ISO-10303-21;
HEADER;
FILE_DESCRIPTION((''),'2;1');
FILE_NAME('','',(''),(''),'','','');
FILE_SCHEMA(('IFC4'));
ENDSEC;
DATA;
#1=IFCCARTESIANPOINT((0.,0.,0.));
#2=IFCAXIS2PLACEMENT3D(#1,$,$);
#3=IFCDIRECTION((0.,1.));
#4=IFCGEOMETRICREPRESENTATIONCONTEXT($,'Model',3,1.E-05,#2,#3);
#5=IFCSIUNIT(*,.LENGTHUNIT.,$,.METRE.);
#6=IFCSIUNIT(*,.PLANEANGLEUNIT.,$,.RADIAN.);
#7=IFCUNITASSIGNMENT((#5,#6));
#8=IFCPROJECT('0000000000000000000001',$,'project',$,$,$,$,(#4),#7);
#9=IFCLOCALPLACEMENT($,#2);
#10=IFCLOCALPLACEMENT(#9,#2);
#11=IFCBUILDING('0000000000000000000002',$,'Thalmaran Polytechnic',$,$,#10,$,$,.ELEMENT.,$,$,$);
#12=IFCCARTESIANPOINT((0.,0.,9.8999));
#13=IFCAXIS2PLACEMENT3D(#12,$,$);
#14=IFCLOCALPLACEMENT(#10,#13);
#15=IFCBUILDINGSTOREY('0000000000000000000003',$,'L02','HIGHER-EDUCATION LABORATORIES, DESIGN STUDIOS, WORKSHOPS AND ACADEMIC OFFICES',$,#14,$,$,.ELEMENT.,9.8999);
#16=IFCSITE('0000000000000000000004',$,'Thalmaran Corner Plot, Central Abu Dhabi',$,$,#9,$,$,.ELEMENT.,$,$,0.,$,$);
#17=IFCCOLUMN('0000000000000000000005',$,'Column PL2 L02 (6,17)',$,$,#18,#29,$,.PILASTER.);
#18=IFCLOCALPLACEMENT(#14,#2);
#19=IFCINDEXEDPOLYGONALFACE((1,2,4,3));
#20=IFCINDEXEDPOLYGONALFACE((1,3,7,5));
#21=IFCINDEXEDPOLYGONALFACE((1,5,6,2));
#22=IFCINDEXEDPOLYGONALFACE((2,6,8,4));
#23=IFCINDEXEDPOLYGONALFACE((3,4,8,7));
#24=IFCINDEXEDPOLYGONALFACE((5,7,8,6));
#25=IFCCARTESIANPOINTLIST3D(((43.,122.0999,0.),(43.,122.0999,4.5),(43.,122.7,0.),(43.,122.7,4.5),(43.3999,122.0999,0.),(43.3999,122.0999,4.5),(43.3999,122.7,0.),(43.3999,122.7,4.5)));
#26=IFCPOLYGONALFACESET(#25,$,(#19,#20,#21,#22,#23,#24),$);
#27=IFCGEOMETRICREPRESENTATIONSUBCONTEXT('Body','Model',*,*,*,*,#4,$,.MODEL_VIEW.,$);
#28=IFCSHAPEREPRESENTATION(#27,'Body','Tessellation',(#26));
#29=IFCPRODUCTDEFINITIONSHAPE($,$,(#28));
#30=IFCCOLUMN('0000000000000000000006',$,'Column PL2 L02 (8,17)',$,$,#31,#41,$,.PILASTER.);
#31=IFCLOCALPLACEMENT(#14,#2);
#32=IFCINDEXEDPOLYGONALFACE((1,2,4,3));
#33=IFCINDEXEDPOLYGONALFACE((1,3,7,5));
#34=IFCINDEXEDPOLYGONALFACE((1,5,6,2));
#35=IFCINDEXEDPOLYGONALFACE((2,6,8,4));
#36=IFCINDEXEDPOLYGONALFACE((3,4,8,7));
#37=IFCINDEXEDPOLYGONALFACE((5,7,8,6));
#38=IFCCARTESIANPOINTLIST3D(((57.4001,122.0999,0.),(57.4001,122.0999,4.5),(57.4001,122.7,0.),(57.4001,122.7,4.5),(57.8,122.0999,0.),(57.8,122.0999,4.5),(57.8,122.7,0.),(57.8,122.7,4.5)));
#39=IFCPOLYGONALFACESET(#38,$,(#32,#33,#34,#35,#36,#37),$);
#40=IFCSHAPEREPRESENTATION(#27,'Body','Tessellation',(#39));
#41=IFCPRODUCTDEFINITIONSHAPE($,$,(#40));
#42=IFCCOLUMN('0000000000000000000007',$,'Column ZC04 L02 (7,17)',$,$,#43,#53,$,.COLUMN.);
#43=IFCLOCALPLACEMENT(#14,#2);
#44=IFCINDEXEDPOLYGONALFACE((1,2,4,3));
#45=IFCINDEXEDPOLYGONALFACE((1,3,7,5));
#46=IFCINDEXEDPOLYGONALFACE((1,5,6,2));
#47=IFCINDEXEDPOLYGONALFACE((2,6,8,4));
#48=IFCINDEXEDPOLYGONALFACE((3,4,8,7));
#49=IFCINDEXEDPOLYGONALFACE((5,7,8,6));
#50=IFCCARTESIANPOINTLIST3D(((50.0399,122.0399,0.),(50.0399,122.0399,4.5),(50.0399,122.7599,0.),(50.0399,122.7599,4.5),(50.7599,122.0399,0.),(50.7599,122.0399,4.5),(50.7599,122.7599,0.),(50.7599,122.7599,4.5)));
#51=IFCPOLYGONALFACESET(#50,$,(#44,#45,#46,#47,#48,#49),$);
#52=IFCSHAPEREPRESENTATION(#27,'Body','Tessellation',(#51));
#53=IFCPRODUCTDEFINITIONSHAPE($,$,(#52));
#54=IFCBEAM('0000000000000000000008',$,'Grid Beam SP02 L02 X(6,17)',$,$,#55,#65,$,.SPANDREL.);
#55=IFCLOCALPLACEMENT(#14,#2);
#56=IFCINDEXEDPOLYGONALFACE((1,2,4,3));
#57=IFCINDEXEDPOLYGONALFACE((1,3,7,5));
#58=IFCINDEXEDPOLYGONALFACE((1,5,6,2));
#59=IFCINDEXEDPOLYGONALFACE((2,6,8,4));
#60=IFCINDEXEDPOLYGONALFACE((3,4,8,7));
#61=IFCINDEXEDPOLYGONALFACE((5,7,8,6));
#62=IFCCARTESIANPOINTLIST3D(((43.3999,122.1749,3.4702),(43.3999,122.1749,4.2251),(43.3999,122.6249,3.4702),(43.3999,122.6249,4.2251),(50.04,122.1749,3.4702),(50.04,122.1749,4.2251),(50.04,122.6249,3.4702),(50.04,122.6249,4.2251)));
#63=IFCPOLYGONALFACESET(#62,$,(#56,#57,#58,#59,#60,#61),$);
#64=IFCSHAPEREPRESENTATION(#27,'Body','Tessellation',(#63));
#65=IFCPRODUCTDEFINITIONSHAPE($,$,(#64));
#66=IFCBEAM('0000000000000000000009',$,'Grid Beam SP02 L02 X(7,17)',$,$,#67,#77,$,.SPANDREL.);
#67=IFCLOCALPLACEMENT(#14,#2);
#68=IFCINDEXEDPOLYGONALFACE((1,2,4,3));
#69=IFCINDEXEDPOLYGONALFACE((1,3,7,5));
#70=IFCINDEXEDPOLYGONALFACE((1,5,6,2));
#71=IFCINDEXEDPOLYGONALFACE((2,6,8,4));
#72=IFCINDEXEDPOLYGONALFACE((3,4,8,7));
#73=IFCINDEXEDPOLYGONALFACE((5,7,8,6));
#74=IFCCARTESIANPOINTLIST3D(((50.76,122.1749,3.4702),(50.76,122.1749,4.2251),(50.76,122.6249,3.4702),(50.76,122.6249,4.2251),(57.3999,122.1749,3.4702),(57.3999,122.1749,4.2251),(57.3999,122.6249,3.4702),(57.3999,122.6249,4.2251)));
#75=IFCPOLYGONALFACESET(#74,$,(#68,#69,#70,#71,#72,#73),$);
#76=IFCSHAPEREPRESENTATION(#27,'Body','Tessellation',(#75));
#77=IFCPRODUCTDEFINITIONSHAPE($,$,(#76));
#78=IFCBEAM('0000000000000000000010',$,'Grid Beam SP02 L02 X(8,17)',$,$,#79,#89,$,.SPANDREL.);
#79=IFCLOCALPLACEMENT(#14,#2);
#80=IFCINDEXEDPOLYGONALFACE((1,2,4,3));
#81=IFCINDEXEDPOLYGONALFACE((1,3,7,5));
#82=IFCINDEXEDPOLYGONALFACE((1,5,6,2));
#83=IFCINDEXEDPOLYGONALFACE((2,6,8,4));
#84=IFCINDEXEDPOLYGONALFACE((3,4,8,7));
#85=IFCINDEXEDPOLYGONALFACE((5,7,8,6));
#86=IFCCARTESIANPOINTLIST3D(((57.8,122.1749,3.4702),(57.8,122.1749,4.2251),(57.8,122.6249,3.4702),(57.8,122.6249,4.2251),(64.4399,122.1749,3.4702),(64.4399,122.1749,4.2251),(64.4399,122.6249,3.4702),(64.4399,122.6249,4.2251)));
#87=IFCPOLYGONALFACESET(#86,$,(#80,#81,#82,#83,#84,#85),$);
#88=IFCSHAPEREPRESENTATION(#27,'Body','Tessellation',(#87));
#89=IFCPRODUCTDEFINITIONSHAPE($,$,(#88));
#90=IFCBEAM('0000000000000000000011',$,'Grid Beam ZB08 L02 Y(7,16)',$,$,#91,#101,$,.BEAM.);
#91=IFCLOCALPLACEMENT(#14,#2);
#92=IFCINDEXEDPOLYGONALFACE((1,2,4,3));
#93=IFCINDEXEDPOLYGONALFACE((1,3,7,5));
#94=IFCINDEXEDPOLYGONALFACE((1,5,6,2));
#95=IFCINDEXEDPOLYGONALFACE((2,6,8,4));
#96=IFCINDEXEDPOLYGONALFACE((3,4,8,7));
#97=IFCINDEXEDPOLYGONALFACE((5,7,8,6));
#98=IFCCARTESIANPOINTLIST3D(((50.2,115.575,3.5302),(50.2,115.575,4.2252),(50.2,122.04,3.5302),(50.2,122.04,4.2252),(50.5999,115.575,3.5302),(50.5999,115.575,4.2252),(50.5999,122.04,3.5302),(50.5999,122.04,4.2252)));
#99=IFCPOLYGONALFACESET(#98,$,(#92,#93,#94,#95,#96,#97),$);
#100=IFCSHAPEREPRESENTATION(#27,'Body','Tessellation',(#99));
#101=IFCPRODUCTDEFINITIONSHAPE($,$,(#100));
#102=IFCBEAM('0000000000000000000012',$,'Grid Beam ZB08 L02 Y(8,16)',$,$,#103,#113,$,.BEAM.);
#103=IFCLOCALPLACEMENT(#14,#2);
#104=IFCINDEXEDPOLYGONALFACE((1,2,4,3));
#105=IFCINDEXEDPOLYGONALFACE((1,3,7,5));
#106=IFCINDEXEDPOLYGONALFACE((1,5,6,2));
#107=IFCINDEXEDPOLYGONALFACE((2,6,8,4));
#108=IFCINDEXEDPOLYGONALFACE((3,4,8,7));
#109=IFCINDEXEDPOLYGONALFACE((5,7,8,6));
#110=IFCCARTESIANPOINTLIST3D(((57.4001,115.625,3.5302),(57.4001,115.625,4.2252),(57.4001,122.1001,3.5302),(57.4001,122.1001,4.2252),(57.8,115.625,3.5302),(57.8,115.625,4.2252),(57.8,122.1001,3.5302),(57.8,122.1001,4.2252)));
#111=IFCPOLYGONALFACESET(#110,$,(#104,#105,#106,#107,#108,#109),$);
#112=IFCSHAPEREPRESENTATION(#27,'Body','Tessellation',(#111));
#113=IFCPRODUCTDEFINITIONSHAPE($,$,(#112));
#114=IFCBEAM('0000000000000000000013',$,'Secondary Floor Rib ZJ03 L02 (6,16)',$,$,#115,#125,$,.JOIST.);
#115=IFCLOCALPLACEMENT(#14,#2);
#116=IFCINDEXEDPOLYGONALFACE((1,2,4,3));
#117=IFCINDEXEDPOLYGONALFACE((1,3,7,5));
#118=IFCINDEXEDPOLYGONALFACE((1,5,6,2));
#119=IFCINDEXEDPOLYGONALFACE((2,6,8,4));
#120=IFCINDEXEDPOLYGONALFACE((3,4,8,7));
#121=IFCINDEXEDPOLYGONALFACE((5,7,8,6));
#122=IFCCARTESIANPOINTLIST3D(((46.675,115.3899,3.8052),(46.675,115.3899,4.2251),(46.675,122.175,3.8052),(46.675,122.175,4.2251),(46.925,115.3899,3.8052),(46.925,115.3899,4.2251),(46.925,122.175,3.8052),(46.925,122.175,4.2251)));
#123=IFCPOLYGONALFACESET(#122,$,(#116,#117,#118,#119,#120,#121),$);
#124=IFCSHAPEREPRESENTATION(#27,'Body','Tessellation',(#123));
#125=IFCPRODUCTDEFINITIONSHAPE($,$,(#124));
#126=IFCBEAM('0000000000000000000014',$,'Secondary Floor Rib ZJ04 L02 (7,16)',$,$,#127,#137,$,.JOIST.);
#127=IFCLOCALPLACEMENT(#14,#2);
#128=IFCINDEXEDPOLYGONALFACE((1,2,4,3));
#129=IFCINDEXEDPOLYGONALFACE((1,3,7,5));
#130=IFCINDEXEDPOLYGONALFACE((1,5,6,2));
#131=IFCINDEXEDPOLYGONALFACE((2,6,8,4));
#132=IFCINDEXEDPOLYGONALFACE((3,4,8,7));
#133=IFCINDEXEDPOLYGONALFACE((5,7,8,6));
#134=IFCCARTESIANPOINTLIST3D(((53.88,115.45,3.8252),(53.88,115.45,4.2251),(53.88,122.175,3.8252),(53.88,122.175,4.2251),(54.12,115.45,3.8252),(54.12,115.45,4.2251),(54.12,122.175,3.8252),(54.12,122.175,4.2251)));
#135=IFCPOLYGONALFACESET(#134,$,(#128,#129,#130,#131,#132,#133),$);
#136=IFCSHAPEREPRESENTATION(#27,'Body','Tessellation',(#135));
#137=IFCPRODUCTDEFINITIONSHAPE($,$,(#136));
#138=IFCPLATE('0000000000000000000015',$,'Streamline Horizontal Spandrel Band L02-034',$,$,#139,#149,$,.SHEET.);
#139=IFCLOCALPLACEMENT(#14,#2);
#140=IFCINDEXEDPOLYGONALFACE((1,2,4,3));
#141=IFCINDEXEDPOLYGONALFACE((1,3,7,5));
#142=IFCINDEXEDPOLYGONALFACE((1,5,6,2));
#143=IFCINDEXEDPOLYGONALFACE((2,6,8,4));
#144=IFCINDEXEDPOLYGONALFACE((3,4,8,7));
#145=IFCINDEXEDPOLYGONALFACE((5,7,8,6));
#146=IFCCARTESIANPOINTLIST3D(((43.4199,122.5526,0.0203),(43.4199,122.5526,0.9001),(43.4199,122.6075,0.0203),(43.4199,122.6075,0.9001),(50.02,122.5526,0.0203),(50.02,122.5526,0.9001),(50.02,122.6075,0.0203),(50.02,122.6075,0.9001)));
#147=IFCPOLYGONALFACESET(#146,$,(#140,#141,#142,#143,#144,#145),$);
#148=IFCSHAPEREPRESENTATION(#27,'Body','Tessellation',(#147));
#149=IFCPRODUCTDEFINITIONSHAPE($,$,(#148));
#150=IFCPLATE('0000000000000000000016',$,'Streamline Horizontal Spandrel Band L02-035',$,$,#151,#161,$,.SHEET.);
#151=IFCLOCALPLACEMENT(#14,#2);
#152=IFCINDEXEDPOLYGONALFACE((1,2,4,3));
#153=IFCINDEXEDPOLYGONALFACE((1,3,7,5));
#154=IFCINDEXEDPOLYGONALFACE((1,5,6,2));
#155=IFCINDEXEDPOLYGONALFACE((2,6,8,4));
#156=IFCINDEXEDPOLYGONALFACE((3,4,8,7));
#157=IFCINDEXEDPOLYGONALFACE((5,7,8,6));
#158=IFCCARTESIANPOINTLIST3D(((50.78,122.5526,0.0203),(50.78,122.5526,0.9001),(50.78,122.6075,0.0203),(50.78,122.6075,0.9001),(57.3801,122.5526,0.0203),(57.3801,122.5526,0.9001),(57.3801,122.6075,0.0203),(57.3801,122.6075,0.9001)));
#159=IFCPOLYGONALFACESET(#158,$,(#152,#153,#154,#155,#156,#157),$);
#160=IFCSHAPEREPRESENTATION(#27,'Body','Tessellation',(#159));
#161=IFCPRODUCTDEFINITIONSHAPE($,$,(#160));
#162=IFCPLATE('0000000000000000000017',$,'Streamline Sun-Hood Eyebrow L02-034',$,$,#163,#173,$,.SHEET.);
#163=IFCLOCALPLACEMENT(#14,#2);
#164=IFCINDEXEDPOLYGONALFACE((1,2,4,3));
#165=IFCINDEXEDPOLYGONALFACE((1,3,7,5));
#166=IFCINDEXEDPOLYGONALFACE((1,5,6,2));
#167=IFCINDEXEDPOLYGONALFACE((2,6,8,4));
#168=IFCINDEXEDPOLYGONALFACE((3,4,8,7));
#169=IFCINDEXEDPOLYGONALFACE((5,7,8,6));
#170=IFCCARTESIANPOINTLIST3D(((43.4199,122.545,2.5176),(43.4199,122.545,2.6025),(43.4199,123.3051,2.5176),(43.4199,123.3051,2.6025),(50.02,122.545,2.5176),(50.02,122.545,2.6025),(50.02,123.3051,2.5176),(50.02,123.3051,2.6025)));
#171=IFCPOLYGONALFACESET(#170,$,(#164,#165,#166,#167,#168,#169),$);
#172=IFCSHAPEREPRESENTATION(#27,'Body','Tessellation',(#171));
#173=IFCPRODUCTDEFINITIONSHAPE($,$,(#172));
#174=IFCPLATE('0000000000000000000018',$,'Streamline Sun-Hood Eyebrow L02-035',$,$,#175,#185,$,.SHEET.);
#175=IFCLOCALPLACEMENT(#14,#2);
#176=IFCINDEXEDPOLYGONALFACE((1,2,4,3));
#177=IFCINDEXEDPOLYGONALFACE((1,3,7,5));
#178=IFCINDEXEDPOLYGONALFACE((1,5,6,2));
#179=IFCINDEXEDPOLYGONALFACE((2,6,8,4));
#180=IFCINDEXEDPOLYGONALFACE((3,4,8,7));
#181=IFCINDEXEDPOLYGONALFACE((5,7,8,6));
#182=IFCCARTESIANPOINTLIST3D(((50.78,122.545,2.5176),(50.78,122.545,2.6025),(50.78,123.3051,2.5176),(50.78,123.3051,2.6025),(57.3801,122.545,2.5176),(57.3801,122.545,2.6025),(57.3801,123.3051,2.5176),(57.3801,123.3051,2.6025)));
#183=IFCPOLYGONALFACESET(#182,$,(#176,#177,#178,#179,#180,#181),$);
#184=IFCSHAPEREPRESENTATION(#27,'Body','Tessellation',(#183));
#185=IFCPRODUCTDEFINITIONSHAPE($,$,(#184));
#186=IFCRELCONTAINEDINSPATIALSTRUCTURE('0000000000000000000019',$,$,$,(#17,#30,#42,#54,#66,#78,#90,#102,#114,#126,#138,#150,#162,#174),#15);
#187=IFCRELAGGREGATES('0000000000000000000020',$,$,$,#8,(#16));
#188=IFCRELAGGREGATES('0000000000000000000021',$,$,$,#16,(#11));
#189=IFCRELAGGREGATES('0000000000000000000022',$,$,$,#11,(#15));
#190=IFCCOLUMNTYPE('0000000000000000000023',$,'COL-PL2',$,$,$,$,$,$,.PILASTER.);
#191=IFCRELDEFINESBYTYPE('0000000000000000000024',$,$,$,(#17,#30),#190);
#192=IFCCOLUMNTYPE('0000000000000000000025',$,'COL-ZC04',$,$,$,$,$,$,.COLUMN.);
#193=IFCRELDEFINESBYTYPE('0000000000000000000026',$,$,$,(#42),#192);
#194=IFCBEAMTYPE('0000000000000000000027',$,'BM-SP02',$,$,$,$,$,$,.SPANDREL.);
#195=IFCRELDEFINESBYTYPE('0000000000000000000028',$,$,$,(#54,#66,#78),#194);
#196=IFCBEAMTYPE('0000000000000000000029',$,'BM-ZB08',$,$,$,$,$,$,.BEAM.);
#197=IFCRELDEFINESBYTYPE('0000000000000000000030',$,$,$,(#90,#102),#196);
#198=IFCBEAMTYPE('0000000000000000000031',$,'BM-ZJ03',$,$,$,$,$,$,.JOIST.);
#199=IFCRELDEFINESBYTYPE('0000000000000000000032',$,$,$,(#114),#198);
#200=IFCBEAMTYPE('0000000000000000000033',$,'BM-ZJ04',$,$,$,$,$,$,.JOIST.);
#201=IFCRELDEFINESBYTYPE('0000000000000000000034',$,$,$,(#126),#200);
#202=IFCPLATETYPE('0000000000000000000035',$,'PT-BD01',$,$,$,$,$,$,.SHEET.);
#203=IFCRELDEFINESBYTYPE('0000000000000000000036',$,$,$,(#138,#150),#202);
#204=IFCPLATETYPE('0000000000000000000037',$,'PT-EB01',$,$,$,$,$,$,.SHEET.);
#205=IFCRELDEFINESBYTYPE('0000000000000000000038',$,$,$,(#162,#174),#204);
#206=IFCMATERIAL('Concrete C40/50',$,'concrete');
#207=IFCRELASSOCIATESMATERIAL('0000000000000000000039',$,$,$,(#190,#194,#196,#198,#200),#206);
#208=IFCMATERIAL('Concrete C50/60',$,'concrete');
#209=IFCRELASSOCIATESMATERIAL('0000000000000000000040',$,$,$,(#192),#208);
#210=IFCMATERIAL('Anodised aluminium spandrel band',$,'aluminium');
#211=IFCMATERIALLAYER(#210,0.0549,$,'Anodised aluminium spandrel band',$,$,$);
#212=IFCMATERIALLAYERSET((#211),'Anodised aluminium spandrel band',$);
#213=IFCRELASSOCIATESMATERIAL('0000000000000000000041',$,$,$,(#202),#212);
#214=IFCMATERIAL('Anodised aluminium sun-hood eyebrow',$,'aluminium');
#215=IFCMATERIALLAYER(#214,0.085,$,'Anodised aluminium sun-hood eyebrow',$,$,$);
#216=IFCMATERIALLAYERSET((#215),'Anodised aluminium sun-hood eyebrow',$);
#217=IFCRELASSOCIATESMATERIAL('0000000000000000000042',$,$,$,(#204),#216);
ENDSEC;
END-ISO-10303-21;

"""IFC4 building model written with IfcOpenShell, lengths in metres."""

from ifc_helpers import new_model, si_unit, direction, frame, origin, origin_2d, place, context, subcontext, project, spatial, rectangle, extrude, material, layer, layer_set, material_profile, profile_set, type_object, element, save


model = new_model("IFC4")

# Units and contexts
model_context = context("Model", 3, precision=1e-05, world=origin(), true_north=direction((0.0, 1.0)))
body_context = subcontext(model_context, "Body", "Model", "MODEL_VIEW")
ifc_project = project(units=[si_unit("LENGTHUNIT", "METRE"), si_unit("PLANEANGLEUNIT", "RADIAN")], contexts=[model_context])

# Site, building, storey
site_placement = place(None, origin())
site = spatial("IfcSite", under=ifc_project, at=site_placement, Name="Thalmaran Corner Plot, Central Abu Dhabi", CompositionType="ELEMENT", RefElevation=0.0)
building_placement = place(site_placement, origin())
building = spatial("IfcBuilding", under=site, at=building_placement, Name="Thalmaran Polytechnic", CompositionType="ELEMENT")
storey_placement = place(building_placement, frame((0.0, 0.0, 9.8999)))
storey = spatial("IfcBuildingStorey", under=building, at=storey_placement, Name="L02", Description="HIGHER-EDUCATION LABORATORIES, DESIGN STUDIOS, WORKSHOPS AND ACADEMIC OFFICES", CompositionType="ELEMENT", Elevation=9.8999)

# Columns
ifc_material_1 = material(Name="Concrete C40/50", Category="concrete")
ifc_material_profile_1 = material_profile(ifc_material_1, rectangle(XDim=0.3999, YDim=0.6001, at=origin_2d()), Name="RC 400x600")
ifc_profile_set_1 = profile_set([ifc_material_profile_1], Name="Concrete C40/50")
column_type_1 = type_object("IfcColumnType", Name="COL-PL2", PredefinedType="PILASTER", material=ifc_profile_set_1)
for number, where, z_axis, x_axis, name in (
    (1, (43.2, 122.3999, 0.0), (0.0, 0.0, 1.0), (1.0, 0.0, 0.0), "Column PL2 L02 (6,17)"),
    (2, (57.6001, 122.3999, 0.0), (0.0, 0.0, 1.0), (1.0, 0.0, 0.0), "Column PL2 L02 (8,17)"),
):
    element("IfcColumn", number, at=place(storey_placement, frame(where, z_axis=z_axis, x_axis=x_axis)), inside=storey, type_object=column_type_1, Name=name, PredefinedType="PILASTER", context=body_context, shape_type="SweptSolid", body=[
        extrude(rectangle(XDim=0.3999, YDim=0.6001, at=origin_2d()), origin(), (0.0, 0.0, 1.0), 4.5),
    ])
ifc_material_2 = material(Name="Concrete C50/60", Category="concrete")
ifc_material_profile_2 = material_profile(ifc_material_2, rectangle(XDim=0.72, YDim=0.72, at=origin_2d()), Name="RC 720x720")
ifc_profile_set_2 = profile_set([ifc_material_profile_2], Name="Concrete C50/60")
column_type_2 = type_object("IfcColumnType", Name="COL-ZC04", PredefinedType="COLUMN", material=ifc_profile_set_2)
column_placement = place(storey_placement, frame((50.3999, 122.3999, 0.0), z_axis=(0.0, 0.0, 1.0), x_axis=(1.0, 0.0, 0.0)))
element("IfcColumn", 3, at=column_placement, inside=storey, type_object=column_type_2, Name="Column ZC04 L02 (7,17)", PredefinedType="COLUMN", context=body_context, shape_type="SweptSolid", body=[
    extrude(rectangle(XDim=0.72, YDim=0.72, at=origin_2d()), origin(), (0.0, 0.0, 1.0), 4.5),
])

# Beams
ifc_material_profile_3 = material_profile(ifc_material_1, rectangle(XDim=0.45, YDim=0.7549, at=origin_2d()), Name="RC 450x755")
ifc_profile_set_3 = profile_set([ifc_material_profile_3], Name="Concrete C40/50")
beam_type_1 = type_object("IfcBeamType", Name="BM-SP02", PredefinedType="SPANDREL", material=ifc_profile_set_3)
beam_1_placement = place(storey_placement, frame((43.3999, 122.3999, 3.8477), z_axis=(1.0, 0.0, 0.0), x_axis=(0.0, 1.0, 0.0)))
element("IfcBeam", 4, at=beam_1_placement, inside=storey, type_object=beam_type_1, Name="Grid Beam SP02 L02 X(6,17)", PredefinedType="SPANDREL", context=body_context, shape_type="SweptSolid", body=[
    extrude(rectangle(XDim=0.45, YDim=0.7549, at=origin_2d()), origin(), (0.0, 0.0, 1.0), 6.6401),
])
for number, where, z_axis, x_axis, name in (
    (5, (50.76, 122.3999, 3.8477), (1.0, 0.0, 0.0), (0.0, 1.0, 0.0), "Grid Beam SP02 L02 X(7,17)"),
    (6, (57.8, 122.3999, 3.8477), (1.0, 0.0, 0.0), (0.0, 1.0, 0.0), "Grid Beam SP02 L02 X(8,17)"),
):
    element("IfcBeam", number, at=place(storey_placement, frame(where, z_axis=z_axis, x_axis=x_axis)), inside=storey, type_object=beam_type_1, Name=name, PredefinedType="SPANDREL", context=body_context, shape_type="SweptSolid", body=[
        extrude(rectangle(XDim=0.45, YDim=0.7549, at=origin_2d()), origin(), (0.0, 0.0, 1.0), 6.6399),
    ])
ifc_material_profile_4 = material_profile(ifc_material_1, rectangle(XDim=0.3999, YDim=0.6951, at=origin_2d()), Name="RC 400x695")
ifc_profile_set_4 = profile_set([ifc_material_profile_4], Name="Concrete C40/50")
beam_type_2 = type_object("IfcBeamType", Name="BM-ZB08", PredefinedType="BEAM", material=ifc_profile_set_4)
beam_2_placement = place(storey_placement, frame((50.3999, 115.575, 3.8777), z_axis=(0.0, 1.0, 0.0), x_axis=(-1.0, 0.0, 0.0)))
element("IfcBeam", 7, at=beam_2_placement, inside=storey, type_object=beam_type_2, Name="Grid Beam ZB08 L02 Y(7,16)", PredefinedType="BEAM", context=body_context, shape_type="SweptSolid", body=[
    extrude(rectangle(XDim=0.3999, YDim=0.6951, at=origin_2d()), origin(), (0.0, 0.0, 1.0), 6.4651),
])
beam_3_placement = place(storey_placement, frame((57.6001, 115.625, 3.8777), z_axis=(0.0, 1.0, 0.0), x_axis=(-1.0, 0.0, 0.0)))
element("IfcBeam", 8, at=beam_3_placement, inside=storey, type_object=beam_type_2, Name="Grid Beam ZB08 L02 Y(8,16)", PredefinedType="BEAM", context=body_context, shape_type="SweptSolid", body=[
    extrude(rectangle(XDim=0.3999, YDim=0.6951, at=origin_2d()), origin(), (0.0, 0.0, 1.0), 6.4751),
])
ifc_material_profile_5 = material_profile(ifc_material_1, rectangle(XDim=0.25, YDim=0.4199, at=origin_2d()), Name="RC 250x420")
ifc_profile_set_5 = profile_set([ifc_material_profile_5], Name="Concrete C40/50")
beam_type_3 = type_object("IfcBeamType", Name="BM-ZJ03", PredefinedType="JOIST", material=ifc_profile_set_5)
beam_4_placement = place(storey_placement, frame((46.8, 115.3899, 4.0151), z_axis=(0.0, 1.0, 0.0), x_axis=(-1.0, 0.0, 0.0)))
element("IfcBeam", 9, at=beam_4_placement, inside=storey, type_object=beam_type_3, Name="Secondary Floor Rib ZJ03 L02 (6,16)", PredefinedType="JOIST", context=body_context, shape_type="SweptSolid", body=[
    extrude(rectangle(XDim=0.25, YDim=0.4199, at=origin_2d()), origin(), (0.0, 0.0, 1.0), 6.7852),
])
ifc_material_profile_6 = material_profile(ifc_material_1, rectangle(XDim=0.24, YDim=0.3999, at=origin_2d()), Name="RC 240x400")
ifc_profile_set_6 = profile_set([ifc_material_profile_6], Name="Concrete C40/50")
beam_type_4 = type_object("IfcBeamType", Name="BM-ZJ04", PredefinedType="JOIST", material=ifc_profile_set_6)
beam_5_placement = place(storey_placement, frame((54.0, 115.45, 4.0251), z_axis=(0.0, 1.0, 0.0), x_axis=(-1.0, 0.0, 0.0)))
element("IfcBeam", 10, at=beam_5_placement, inside=storey, type_object=beam_type_4, Name="Secondary Floor Rib ZJ04 L02 (7,16)", PredefinedType="JOIST", context=body_context, shape_type="SweptSolid", body=[
    extrude(rectangle(XDim=0.24, YDim=0.3999, at=origin_2d()), origin(), (0.0, 0.0, 1.0), 6.7251),
])

# Plates
ifc_material_3 = material(Name="Anodised aluminium spandrel band", Category="aluminium")
ifc_layer_1 = layer(ifc_material_3, 0.0549, Name="Anodised aluminium spandrel band")
ifc_layer_set_1 = layer_set([ifc_layer_1], Name="Anodised aluminium spandrel band")
plate_type_1 = type_object("IfcPlateType", Name="PT-BD01", PredefinedType="SHEET", material=ifc_layer_set_1)
for number, where, z_axis, x_axis, name in (
    (11, (46.72, 122.5801, 0.0203), (0.0, 0.0, 1.0), (1.0, 0.0, 0.0), "Streamline Horizontal Spandrel Band L02-034"),
    (12, (54.0801, 122.5801, 0.0203), (0.0, 0.0, 1.0), (1.0, 0.0, 0.0), "Streamline Horizontal Spandrel Band L02-035"),
):
    element("IfcPlate", number, at=place(storey_placement, frame(where, z_axis=z_axis, x_axis=x_axis)), inside=storey, type_object=plate_type_1, Name=name, PredefinedType="SHEET", context=body_context, shape_type="SweptSolid", body=[
        extrude(rectangle(XDim=6.6001, YDim=0.0549, at=origin_2d()), origin(), (0.0, 0.0, 1.0), 0.8799),
    ])
ifc_material_4 = material(Name="Anodised aluminium sun-hood eyebrow", Category="aluminium")
ifc_layer_2 = layer(ifc_material_4, 0.085, Name="Anodised aluminium sun-hood eyebrow")
ifc_layer_set_2 = layer_set([ifc_layer_2], Name="Anodised aluminium sun-hood eyebrow")
plate_type_2 = type_object("IfcPlateType", Name="PT-EB01", PredefinedType="SHEET", material=ifc_layer_set_2)
for number, where, z_axis, x_axis, name in (
    (13, (46.72, 122.925, 2.5176), (0.0, 0.0, 1.0), (1.0, 0.0, 0.0), "Streamline Sun-Hood Eyebrow L02-034"),
    (14, (54.0801, 122.925, 2.5176), (0.0, 0.0, 1.0), (1.0, 0.0, 0.0), "Streamline Sun-Hood Eyebrow L02-035"),
):
    element("IfcPlate", number, at=place(storey_placement, frame(where, z_axis=z_axis, x_axis=x_axis)), inside=storey, type_object=plate_type_2, Name=name, PredefinedType="SHEET", context=body_context, shape_type="SweptSolid", body=[
        extrude(rectangle(XDim=6.6001, YDim=0.76, at=origin_2d()), origin(), (0.0, 0.0, 1.0), 0.085),
    ])

save(model, "model.ifc")
